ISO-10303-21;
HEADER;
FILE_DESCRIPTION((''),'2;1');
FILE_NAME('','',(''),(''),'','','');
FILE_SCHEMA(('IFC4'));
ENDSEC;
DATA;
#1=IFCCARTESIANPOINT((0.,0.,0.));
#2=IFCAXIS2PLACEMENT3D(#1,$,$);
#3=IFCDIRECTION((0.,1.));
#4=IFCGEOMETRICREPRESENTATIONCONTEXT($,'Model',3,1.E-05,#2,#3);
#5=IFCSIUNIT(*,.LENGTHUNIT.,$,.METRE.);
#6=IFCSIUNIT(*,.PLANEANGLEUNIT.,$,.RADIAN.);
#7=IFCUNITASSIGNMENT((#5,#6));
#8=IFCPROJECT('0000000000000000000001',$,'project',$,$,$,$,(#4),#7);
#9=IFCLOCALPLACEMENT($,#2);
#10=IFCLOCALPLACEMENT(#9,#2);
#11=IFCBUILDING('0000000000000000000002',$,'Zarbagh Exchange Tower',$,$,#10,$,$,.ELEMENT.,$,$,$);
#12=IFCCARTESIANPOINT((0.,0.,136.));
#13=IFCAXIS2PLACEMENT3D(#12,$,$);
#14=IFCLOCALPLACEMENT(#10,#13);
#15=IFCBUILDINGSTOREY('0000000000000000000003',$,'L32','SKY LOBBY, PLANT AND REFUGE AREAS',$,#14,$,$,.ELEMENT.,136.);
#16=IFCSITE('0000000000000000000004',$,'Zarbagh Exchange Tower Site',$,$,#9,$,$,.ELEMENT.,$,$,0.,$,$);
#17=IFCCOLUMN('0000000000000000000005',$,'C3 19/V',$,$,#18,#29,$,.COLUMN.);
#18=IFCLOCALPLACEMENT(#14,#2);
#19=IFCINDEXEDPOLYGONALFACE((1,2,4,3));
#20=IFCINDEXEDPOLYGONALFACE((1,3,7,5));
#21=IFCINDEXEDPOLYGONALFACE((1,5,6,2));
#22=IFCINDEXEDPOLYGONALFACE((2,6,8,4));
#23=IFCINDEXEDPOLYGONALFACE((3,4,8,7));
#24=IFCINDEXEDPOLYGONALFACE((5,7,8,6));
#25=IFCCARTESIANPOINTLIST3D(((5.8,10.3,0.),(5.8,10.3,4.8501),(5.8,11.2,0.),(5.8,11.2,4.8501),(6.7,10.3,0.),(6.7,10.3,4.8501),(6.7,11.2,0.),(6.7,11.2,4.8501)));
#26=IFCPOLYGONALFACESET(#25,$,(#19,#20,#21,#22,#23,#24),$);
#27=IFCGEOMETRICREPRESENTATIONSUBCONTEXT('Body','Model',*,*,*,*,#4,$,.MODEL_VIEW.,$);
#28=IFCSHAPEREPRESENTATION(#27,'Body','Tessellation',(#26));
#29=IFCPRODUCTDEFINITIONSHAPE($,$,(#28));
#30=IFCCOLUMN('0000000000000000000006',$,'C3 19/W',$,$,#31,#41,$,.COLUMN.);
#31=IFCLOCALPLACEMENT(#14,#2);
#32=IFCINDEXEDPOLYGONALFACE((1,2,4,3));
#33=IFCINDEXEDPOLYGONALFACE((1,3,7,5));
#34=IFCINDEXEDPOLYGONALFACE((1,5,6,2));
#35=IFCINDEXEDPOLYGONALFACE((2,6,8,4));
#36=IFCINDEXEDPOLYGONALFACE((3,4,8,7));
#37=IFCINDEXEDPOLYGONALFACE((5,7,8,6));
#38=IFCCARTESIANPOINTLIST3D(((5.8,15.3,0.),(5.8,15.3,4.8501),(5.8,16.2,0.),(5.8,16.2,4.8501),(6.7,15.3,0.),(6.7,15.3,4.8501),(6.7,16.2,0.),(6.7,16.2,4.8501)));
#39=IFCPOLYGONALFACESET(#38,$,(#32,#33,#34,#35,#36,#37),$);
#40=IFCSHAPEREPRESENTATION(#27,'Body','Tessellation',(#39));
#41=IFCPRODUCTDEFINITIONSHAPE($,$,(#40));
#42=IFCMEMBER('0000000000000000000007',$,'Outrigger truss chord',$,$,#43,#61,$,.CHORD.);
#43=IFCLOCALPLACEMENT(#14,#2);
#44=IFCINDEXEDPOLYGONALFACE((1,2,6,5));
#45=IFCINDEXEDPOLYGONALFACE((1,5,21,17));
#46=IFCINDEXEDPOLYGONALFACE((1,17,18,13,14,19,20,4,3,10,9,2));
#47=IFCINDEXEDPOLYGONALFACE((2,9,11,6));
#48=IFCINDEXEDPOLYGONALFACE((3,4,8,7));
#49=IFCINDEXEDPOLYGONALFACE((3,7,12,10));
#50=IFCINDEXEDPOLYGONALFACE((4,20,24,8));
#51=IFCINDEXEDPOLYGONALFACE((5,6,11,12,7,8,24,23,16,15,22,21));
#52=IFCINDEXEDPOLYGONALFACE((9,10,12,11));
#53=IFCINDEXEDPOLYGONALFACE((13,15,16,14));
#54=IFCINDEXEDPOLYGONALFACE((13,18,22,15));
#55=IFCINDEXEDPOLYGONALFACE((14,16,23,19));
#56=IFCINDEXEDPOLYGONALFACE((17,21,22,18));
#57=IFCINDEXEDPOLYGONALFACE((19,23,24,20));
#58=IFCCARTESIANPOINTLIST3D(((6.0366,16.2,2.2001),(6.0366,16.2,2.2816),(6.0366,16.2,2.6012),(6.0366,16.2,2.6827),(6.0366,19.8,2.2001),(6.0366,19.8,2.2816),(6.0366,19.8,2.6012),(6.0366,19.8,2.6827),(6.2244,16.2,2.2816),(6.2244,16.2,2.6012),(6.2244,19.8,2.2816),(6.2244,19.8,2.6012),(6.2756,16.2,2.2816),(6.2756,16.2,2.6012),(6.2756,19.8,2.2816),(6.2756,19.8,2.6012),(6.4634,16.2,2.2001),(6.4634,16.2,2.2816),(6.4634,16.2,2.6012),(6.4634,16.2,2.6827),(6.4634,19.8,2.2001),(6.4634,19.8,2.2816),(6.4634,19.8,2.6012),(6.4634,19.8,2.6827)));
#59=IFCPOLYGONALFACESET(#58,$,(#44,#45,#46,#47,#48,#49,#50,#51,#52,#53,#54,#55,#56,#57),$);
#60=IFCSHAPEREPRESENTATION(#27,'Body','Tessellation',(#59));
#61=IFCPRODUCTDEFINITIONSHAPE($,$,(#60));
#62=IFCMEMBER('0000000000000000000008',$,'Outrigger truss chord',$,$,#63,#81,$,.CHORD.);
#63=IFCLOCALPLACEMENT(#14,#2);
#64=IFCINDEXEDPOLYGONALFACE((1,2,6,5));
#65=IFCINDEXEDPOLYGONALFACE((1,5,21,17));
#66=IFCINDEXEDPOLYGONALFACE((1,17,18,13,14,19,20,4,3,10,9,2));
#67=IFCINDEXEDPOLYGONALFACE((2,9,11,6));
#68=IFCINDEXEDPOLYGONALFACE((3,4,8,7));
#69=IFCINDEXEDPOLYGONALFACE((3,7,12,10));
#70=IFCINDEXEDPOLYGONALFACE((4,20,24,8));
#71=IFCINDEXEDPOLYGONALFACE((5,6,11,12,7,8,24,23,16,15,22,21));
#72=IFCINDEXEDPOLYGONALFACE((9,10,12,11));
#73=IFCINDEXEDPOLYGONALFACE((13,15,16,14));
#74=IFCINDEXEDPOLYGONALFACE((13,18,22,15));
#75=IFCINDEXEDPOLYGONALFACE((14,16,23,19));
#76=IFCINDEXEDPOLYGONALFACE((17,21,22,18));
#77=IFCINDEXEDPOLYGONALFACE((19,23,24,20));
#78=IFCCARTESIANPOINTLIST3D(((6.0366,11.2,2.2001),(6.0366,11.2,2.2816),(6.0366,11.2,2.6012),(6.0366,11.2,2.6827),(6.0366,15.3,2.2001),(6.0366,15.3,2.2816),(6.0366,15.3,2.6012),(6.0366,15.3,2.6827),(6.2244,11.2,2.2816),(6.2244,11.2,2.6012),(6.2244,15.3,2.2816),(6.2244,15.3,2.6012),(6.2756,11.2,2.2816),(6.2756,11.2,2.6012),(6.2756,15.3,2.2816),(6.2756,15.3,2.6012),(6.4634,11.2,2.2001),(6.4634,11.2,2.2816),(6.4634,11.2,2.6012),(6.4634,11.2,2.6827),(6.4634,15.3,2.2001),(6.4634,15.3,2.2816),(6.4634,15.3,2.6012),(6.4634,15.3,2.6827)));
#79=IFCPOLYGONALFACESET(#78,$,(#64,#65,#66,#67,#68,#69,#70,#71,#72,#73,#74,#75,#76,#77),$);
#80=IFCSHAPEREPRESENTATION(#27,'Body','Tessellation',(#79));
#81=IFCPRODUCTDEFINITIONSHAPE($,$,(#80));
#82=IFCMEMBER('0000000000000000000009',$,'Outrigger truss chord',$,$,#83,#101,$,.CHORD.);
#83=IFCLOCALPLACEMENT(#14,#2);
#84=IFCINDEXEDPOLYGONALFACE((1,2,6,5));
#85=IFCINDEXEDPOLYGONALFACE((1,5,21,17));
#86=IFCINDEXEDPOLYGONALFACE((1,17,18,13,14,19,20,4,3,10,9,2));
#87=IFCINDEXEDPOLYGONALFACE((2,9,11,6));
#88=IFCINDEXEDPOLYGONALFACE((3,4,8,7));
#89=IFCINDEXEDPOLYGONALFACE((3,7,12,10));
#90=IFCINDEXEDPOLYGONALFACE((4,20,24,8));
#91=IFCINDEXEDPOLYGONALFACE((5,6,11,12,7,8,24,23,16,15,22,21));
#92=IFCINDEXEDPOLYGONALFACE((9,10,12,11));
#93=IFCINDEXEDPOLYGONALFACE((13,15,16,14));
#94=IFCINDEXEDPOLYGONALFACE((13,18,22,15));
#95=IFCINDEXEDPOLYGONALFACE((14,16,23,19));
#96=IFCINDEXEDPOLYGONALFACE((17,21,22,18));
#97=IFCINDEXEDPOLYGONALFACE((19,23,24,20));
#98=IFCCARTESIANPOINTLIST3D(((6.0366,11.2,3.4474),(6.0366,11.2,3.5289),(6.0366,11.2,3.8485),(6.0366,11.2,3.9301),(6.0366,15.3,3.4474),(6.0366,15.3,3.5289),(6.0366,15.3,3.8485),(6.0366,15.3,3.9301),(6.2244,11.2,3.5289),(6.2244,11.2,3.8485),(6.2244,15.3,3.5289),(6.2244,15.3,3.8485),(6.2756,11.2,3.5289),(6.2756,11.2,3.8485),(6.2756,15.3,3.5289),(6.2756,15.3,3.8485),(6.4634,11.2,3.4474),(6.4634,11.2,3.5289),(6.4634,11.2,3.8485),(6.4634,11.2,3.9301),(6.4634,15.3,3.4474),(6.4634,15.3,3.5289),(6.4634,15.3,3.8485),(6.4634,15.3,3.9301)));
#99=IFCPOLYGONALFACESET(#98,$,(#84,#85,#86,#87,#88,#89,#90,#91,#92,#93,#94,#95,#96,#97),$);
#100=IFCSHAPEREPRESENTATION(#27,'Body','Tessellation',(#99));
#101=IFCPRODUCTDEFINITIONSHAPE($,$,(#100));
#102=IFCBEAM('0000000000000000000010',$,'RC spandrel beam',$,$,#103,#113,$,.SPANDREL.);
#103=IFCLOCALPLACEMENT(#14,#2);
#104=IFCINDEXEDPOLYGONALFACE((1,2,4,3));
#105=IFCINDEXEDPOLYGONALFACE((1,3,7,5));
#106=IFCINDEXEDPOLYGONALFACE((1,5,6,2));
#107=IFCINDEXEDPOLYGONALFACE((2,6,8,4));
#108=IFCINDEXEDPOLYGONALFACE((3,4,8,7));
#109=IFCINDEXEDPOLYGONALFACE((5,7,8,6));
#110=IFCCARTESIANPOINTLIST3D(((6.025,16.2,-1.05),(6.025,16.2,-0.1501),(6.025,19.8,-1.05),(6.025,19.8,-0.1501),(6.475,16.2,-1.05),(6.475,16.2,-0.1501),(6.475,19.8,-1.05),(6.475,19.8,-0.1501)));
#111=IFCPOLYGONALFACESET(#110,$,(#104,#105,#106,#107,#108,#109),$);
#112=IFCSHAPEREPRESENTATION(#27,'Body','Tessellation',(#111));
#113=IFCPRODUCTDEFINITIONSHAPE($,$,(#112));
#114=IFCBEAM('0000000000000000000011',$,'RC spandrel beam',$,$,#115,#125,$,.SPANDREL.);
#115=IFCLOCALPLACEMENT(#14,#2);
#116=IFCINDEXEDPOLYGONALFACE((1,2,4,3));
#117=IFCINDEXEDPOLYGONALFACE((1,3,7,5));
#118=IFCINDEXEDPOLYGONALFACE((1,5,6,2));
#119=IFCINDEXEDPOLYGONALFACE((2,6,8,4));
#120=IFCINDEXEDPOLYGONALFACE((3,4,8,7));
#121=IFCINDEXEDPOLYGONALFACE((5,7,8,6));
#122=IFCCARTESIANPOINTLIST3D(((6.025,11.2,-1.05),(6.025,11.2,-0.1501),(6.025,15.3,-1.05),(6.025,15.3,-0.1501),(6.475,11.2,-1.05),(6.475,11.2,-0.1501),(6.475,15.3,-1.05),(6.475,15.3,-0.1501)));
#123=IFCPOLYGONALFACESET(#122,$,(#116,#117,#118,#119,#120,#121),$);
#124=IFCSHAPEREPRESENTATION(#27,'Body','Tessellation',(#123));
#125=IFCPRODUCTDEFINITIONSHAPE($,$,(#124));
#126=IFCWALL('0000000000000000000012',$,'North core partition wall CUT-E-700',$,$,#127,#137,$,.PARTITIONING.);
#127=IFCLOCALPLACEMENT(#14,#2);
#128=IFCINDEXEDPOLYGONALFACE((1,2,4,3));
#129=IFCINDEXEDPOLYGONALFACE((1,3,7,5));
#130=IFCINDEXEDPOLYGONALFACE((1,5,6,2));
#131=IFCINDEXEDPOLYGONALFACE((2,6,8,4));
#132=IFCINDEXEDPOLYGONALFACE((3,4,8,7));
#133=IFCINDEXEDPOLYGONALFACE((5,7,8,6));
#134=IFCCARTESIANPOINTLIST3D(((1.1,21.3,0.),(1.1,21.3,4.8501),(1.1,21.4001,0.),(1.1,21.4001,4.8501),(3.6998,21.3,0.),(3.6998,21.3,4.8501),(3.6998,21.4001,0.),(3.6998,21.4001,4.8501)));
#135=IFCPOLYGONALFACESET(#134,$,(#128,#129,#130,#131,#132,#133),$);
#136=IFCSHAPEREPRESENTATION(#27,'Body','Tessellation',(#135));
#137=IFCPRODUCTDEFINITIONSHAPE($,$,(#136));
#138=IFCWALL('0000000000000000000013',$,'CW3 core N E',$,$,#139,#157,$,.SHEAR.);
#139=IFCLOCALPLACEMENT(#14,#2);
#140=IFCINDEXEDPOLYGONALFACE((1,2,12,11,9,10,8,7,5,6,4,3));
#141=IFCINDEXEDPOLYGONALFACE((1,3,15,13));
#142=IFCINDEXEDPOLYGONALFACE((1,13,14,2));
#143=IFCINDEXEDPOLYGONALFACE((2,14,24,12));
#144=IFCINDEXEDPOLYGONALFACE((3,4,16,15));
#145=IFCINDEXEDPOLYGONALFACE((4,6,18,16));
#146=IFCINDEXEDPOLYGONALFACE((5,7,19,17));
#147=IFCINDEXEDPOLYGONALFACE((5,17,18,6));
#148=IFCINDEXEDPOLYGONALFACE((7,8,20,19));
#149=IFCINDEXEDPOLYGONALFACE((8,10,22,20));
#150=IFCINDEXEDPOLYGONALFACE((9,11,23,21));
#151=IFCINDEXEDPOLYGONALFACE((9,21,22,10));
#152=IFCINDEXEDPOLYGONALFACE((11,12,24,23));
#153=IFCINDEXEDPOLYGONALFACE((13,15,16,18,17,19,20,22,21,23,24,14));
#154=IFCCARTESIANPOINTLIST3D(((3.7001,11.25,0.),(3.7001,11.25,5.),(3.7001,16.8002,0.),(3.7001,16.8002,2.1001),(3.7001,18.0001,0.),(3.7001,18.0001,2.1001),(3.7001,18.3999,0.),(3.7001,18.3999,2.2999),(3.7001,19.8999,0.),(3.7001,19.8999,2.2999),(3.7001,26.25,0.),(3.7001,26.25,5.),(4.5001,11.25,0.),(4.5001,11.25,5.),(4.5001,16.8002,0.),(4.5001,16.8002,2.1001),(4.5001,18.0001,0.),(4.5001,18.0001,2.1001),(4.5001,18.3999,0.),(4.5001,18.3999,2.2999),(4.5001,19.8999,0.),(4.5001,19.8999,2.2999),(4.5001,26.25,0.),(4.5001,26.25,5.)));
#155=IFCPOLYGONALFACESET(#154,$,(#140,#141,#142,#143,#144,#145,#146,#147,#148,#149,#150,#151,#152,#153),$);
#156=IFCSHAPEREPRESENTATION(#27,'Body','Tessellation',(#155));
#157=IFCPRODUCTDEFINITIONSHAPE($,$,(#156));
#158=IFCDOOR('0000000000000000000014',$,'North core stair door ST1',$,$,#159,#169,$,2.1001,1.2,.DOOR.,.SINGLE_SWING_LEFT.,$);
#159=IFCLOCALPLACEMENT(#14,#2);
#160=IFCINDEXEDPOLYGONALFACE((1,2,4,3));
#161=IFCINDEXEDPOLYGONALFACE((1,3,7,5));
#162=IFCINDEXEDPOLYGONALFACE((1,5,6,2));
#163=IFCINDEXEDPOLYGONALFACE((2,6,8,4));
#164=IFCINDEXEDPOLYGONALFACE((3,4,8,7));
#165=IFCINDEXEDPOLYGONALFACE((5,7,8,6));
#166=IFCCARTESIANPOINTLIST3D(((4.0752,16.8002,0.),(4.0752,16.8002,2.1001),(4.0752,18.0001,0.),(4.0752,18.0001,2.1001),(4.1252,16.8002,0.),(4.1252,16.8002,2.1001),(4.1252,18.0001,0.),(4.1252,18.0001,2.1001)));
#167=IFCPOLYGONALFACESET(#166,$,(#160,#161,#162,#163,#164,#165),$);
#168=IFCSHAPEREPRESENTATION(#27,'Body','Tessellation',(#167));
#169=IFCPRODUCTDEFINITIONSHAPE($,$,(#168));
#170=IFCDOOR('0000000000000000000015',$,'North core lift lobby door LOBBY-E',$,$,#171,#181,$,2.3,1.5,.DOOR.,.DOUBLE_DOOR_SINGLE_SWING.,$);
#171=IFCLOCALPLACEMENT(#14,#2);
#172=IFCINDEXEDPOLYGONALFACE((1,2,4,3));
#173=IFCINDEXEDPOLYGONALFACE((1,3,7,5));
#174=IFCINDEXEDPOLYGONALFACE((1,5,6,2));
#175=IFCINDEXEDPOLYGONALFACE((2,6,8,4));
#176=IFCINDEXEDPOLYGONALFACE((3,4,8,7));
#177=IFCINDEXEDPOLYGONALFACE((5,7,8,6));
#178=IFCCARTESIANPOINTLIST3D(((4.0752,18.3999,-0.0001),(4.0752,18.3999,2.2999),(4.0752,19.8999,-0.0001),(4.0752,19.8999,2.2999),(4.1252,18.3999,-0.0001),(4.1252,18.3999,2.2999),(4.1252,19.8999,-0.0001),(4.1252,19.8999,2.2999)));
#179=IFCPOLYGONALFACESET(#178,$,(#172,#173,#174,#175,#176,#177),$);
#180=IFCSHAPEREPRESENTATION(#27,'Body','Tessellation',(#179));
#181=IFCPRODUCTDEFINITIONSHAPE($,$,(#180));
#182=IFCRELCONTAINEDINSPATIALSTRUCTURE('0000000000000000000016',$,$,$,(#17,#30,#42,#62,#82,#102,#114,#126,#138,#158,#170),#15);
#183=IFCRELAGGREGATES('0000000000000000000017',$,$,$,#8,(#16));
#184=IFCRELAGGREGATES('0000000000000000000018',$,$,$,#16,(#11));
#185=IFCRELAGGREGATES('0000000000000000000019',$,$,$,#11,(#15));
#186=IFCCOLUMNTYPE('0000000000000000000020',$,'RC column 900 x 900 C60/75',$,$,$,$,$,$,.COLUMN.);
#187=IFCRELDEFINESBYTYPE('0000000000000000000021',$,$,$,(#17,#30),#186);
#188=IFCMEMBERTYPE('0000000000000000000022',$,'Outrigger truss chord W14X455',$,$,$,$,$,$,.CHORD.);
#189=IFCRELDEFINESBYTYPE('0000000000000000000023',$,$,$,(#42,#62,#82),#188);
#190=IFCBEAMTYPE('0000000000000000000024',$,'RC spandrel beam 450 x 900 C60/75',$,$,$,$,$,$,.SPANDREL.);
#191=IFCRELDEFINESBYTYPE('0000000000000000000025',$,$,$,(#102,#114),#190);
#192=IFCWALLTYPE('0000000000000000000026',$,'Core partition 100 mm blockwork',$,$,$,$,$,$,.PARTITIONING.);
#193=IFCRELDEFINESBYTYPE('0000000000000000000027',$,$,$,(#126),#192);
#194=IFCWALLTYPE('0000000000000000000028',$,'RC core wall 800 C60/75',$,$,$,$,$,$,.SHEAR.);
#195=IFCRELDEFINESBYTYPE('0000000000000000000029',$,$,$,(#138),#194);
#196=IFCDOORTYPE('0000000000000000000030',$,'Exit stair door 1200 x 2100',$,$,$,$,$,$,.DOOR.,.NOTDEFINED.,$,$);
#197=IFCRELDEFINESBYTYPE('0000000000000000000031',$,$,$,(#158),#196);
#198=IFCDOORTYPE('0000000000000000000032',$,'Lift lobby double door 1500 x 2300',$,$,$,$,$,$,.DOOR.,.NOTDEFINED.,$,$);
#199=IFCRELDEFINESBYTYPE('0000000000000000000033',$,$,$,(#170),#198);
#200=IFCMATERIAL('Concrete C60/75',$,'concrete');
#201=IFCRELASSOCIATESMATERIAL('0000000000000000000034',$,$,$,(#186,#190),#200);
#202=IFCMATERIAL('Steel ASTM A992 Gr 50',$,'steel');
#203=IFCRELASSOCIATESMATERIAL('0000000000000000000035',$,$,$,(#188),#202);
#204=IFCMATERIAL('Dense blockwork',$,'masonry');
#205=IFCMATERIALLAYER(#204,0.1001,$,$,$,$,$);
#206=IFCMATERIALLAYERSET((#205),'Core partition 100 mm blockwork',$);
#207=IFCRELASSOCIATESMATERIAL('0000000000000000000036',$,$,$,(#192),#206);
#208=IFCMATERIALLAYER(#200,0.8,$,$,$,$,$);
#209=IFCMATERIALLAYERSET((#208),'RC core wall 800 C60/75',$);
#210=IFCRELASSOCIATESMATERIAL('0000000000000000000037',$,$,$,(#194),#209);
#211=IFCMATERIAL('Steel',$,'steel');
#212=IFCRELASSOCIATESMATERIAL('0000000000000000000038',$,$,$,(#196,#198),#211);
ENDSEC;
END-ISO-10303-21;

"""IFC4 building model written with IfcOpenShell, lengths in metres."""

from ifc_helpers import new_model, si_unit, direction, frame, frame_2d, origin, origin_2d, place, context, subcontext, project, spatial, rectangle, i_section, extrude, material, layer, layer_set, material_profile, profile_set, type_object, element, fill, save


model = new_model("IFC4")

# Units and contexts
model_context = context("Model", 3, precision=1e-05, world=origin(), true_north=direction((0.0, 1.0)))
body_context = subcontext(model_context, "Body", "Model", "MODEL_VIEW")
ifc_project = project(units=[si_unit("LENGTHUNIT", "METRE"), si_unit("PLANEANGLEUNIT", "RADIAN")], contexts=[model_context])

# Site, building, storey
site_placement = place(None, origin())
site = spatial("IfcSite", under=ifc_project, at=site_placement, Name="Zarbagh Exchange Tower Site", CompositionType="ELEMENT", RefElevation=0.0)
building_placement = place(site_placement, origin())
building = spatial("IfcBuilding", under=site, at=building_placement, Name="Zarbagh Exchange Tower", CompositionType="ELEMENT")
storey_placement = place(building_placement, frame((0.0, 0.0, 136.0)))
storey = spatial("IfcBuildingStorey", under=building, at=storey_placement, Name="L32", Description="SKY LOBBY, PLANT AND REFUGE AREAS", CompositionType="ELEMENT", Elevation=136.0)

# Columns
ifc_material_1 = material(Name="Concrete C60/75", Category="concrete")
ifc_material_profile_1 = material_profile(ifc_material_1, rectangle(XDim=0.8999, YDim=0.8999, at=origin_2d()), Name="RC column 900 x 900 C60/75")
ifc_profile_set_1 = profile_set([ifc_material_profile_1], Name="Concrete C60/75")
column_type = type_object("IfcColumnType", Name="RC column 900 x 900 C60/75", PredefinedType="COLUMN", material=ifc_profile_set_1)
for number, where, z_axis, x_axis, name in (
    (1, (6.25, 10.75, 0.0), (0.0, 0.0, 1.0), (1.0, 0.0, 0.0), "C3 19/V"),
    (2, (6.25, 15.75, 0.0), (0.0, 0.0, 1.0), (1.0, 0.0, 0.0), "C3 19/W"),
):
    element("IfcColumn", number, at=place(storey_placement, frame(where, z_axis=z_axis, x_axis=x_axis)), inside=storey, type_object=column_type, Name=name, PredefinedType="COLUMN", context=body_context, shape_type="SweptSolid", body=[
        extrude(rectangle(XDim=0.8999, YDim=0.8999, at=origin_2d()), origin(), (0.0, 0.0, 1.0), 4.8501),
    ])

# Members
ifc_material_2 = material(Name="Steel ASTM A992 Gr 50", Category="steel")
ifc_material_profile_2 = material_profile(ifc_material_2, i_section(OverallWidth=0.4268, OverallDepth=0.4827, WebThickness=0.0513, FlangeThickness=0.0815, at=origin_2d()), Name="W14X455")
ifc_profile_set_2 = profile_set([ifc_material_profile_2], Name="Steel ASTM A992 Gr 50")
member_type = type_object("IfcMemberType", Name="Outrigger truss chord W14X455", PredefinedType="CHORD", material=ifc_profile_set_2)
member_placement = place(storey_placement, frame((6.25, 19.8, 2.4414), z_axis=(0.0, -1.0, 0.0), x_axis=(1.0, 0.0, 0.0)))
element("IfcMember", 3, at=member_placement, inside=storey, type_object=member_type, Name="Outrigger truss chord", PredefinedType="CHORD", context=body_context, shape_type="SweptSolid", body=[
    extrude(i_section(OverallWidth=0.4268, OverallDepth=0.4827, WebThickness=0.0513, FlangeThickness=0.0815, at=origin_2d()), origin(), (0.0, 0.0, 1.0), 3.6001),
])
for number, where, z_axis, x_axis, name in (
    (4, (6.25, 15.3, 2.4414), (0.0, -1.0, 0.0), (1.0, 0.0, 0.0), "Outrigger truss chord"),
    (5, (6.25, 15.3, 3.6887), (0.0, -1.0, 0.0), (1.0, 0.0, 0.0), "Outrigger truss chord"),
):
    element("IfcMember", number, at=place(storey_placement, frame(where, z_axis=z_axis, x_axis=x_axis)), inside=storey, type_object=member_type, Name=name, PredefinedType="CHORD", context=body_context, shape_type="SweptSolid", body=[
        extrude(i_section(OverallWidth=0.4268, OverallDepth=0.4827, WebThickness=0.0513, FlangeThickness=0.0815, at=origin_2d()), origin(), (0.0, 0.0, 1.0), 4.1001),
    ])

# Beams
ifc_material_profile_3 = material_profile(ifc_material_1, rectangle(XDim=0.45, YDim=0.8999, at=origin_2d()), Name="RC spandrel beam 450 x 900 C60/75")
ifc_profile_set_3 = profile_set([ifc_material_profile_3], Name="Concrete C60/75")
beam_type = type_object("IfcBeamType", Name="RC spandrel beam 450 x 900 C60/75", PredefinedType="SPANDREL", material=ifc_profile_set_3)
beam_1_placement = place(storey_placement, frame((6.25, 19.8, -0.6001), z_axis=(0.0, -1.0, 0.0), x_axis=(1.0, 0.0, 0.0)))
element("IfcBeam", 6, at=beam_1_placement, inside=storey, type_object=beam_type, Name="RC spandrel beam", PredefinedType="SPANDREL", context=body_context, shape_type="SweptSolid", body=[
    extrude(rectangle(XDim=0.45, YDim=0.8999, at=origin_2d()), origin(), (0.0, 0.0, 1.0), 3.6001),
])
beam_2_placement = place(storey_placement, frame((6.25, 15.3, -0.6001), z_axis=(0.0, -1.0, 0.0), x_axis=(1.0, 0.0, 0.0)))
element("IfcBeam", 7, at=beam_2_placement, inside=storey, type_object=beam_type, Name="RC spandrel beam", PredefinedType="SPANDREL", context=body_context, shape_type="SweptSolid", body=[
    extrude(rectangle(XDim=0.45, YDim=0.8999, at=origin_2d()), origin(), (0.0, 0.0, 1.0), 4.1001),
])

# Wall
ifc_material_3 = material(Name="Dense blockwork", Category="masonry")
ifc_layer_1 = layer(ifc_material_3, 0.1001)
ifc_layer_set_1 = layer_set([ifc_layer_1], Name="Core partition 100 mm blockwork")
wall_type_1 = type_object("IfcWallType", Name="Core partition 100 mm blockwork", PredefinedType="PARTITIONING", material=ifc_layer_set_1)
wall_1_placement = place(storey_placement, frame((1.1001, 21.3501, 0.0), z_axis=(0.0, 0.0, 1.0), x_axis=(1.0, 0.0, 0.0)))
element("IfcWall", 8, at=wall_1_placement, inside=storey, type_object=wall_type_1, Name="North core partition wall CUT-E-700", PredefinedType="PARTITIONING", context=body_context, shape_type="SweptSolid", body=[
    extrude(rectangle(XDim=2.5999, YDim=0.1001, at=frame_2d((1.2998, 0.0))), origin(), (0.0, 0.0, 1.0), 4.8501),
])

# Wall, openings, doors
ifc_layer_2 = layer(ifc_material_1, 0.8)
ifc_layer_set_2 = layer_set([ifc_layer_2], Name="RC core wall 800 C60/75")
wall_type_2 = type_object("IfcWallType", Name="RC core wall 800 C60/75", PredefinedType="SHEAR", material=ifc_layer_set_2)
wall_2_placement = place(storey_placement, frame((4.1001, 11.25, 0.0), z_axis=(0.0, 0.0, 1.0), x_axis=(0.0, 1.0, 0.0)))
wall_2 = element("IfcWall", 9, at=wall_2_placement, inside=storey, type_object=wall_type_2, Name="CW3 core N E", PredefinedType="SHEAR", context=body_context, shape_type="SweptSolid", body=[
    extrude(rectangle(XDim=15.0, YDim=0.8, at=frame_2d((7.5, 0.0))), origin(), (0.0, 0.0, 1.0), 5.0),
])
opening_1_placement = place(wall_2_placement, frame((7.1499, 0.0, 0.0)))
opening_1 = element("IfcOpeningElement", 10, at=opening_1_placement, cuts=wall_2, PredefinedType="OPENING", context=body_context, shape_type="SweptSolid", body=[
    extrude(rectangle(XDim=1.5, YDim=2.3, at=frame_2d((0.75, 1.1499))), frame((0.0, 0.4099, 0.0), z_axis=(0.0, -1.0, 0.0), x_axis=(1.0, 0.0, 0.0)), (0.0, 0.0, 1.0), 0.8201),
])
opening_2_placement = place(wall_2_placement, frame((5.55, 0.0, 0.0)))
opening_2 = element("IfcOpeningElement", 11, at=opening_2_placement, cuts=wall_2, PredefinedType="OPENING", context=body_context, shape_type="SweptSolid", body=[
    extrude(rectangle(XDim=1.2, YDim=2.1001, at=frame_2d((0.6001, 1.05))), frame((0.0, 0.4099, 0.0), z_axis=(0.0, -1.0, 0.0), x_axis=(1.0, 0.0, 0.0)), (0.0, 0.0, 1.0), 0.8201),
])
ifc_material_4 = material(Name="Steel", Category="steel")
door_type_1 = type_object("IfcDoorType", Name="Exit stair door 1200 x 2100", OperationType="NOTDEFINED", PredefinedType="DOOR", material=ifc_material_4)
door_1_placement = place(opening_2_placement, origin())
door_1 = element("IfcDoor", 12, at=door_1_placement, inside=storey, type_object=door_type_1, Name="North core stair door ST1", OperationType="SINGLE_SWING_LEFT", OverallHeight=2.1001, OverallWidth=1.2, PredefinedType="DOOR", context=body_context, shape_type="SweptSolid", body=[
    extrude(rectangle(XDim=1.2, YDim=2.1001, at=frame_2d((0.6001, 1.05))), frame((0.0, 0.0249, 0.0), z_axis=(0.0, -1.0, 0.0), x_axis=(1.0, 0.0, 0.0)), (0.0, 0.0, 1.0), 0.05),
])
fill(opening_2, door_1)
door_type_2 = type_object("IfcDoorType", Name="Lift lobby double door 1500 x 2300", OperationType="NOTDEFINED", PredefinedType="DOOR", material=ifc_material_4)
door_2_placement = place(opening_1_placement, origin())
door_2 = element("IfcDoor", 13, at=door_2_placement, inside=storey, type_object=door_type_2, Name="North core lift lobby door LOBBY-E", OperationType="DOUBLE_DOOR_SINGLE_SWING", OverallHeight=2.3, OverallWidth=1.5, PredefinedType="DOOR", context=body_context, shape_type="SweptSolid", body=[
    extrude(rectangle(XDim=1.5, YDim=2.3, at=frame_2d((0.75, 1.1499))), frame((0.0, 0.0249, 0.0), z_axis=(0.0, -1.0, 0.0), x_axis=(1.0, 0.0, 0.0)), (0.0, 0.0, 1.0), 0.05),
])
fill(opening_1, door_2)

save(model, "model.ifc")
